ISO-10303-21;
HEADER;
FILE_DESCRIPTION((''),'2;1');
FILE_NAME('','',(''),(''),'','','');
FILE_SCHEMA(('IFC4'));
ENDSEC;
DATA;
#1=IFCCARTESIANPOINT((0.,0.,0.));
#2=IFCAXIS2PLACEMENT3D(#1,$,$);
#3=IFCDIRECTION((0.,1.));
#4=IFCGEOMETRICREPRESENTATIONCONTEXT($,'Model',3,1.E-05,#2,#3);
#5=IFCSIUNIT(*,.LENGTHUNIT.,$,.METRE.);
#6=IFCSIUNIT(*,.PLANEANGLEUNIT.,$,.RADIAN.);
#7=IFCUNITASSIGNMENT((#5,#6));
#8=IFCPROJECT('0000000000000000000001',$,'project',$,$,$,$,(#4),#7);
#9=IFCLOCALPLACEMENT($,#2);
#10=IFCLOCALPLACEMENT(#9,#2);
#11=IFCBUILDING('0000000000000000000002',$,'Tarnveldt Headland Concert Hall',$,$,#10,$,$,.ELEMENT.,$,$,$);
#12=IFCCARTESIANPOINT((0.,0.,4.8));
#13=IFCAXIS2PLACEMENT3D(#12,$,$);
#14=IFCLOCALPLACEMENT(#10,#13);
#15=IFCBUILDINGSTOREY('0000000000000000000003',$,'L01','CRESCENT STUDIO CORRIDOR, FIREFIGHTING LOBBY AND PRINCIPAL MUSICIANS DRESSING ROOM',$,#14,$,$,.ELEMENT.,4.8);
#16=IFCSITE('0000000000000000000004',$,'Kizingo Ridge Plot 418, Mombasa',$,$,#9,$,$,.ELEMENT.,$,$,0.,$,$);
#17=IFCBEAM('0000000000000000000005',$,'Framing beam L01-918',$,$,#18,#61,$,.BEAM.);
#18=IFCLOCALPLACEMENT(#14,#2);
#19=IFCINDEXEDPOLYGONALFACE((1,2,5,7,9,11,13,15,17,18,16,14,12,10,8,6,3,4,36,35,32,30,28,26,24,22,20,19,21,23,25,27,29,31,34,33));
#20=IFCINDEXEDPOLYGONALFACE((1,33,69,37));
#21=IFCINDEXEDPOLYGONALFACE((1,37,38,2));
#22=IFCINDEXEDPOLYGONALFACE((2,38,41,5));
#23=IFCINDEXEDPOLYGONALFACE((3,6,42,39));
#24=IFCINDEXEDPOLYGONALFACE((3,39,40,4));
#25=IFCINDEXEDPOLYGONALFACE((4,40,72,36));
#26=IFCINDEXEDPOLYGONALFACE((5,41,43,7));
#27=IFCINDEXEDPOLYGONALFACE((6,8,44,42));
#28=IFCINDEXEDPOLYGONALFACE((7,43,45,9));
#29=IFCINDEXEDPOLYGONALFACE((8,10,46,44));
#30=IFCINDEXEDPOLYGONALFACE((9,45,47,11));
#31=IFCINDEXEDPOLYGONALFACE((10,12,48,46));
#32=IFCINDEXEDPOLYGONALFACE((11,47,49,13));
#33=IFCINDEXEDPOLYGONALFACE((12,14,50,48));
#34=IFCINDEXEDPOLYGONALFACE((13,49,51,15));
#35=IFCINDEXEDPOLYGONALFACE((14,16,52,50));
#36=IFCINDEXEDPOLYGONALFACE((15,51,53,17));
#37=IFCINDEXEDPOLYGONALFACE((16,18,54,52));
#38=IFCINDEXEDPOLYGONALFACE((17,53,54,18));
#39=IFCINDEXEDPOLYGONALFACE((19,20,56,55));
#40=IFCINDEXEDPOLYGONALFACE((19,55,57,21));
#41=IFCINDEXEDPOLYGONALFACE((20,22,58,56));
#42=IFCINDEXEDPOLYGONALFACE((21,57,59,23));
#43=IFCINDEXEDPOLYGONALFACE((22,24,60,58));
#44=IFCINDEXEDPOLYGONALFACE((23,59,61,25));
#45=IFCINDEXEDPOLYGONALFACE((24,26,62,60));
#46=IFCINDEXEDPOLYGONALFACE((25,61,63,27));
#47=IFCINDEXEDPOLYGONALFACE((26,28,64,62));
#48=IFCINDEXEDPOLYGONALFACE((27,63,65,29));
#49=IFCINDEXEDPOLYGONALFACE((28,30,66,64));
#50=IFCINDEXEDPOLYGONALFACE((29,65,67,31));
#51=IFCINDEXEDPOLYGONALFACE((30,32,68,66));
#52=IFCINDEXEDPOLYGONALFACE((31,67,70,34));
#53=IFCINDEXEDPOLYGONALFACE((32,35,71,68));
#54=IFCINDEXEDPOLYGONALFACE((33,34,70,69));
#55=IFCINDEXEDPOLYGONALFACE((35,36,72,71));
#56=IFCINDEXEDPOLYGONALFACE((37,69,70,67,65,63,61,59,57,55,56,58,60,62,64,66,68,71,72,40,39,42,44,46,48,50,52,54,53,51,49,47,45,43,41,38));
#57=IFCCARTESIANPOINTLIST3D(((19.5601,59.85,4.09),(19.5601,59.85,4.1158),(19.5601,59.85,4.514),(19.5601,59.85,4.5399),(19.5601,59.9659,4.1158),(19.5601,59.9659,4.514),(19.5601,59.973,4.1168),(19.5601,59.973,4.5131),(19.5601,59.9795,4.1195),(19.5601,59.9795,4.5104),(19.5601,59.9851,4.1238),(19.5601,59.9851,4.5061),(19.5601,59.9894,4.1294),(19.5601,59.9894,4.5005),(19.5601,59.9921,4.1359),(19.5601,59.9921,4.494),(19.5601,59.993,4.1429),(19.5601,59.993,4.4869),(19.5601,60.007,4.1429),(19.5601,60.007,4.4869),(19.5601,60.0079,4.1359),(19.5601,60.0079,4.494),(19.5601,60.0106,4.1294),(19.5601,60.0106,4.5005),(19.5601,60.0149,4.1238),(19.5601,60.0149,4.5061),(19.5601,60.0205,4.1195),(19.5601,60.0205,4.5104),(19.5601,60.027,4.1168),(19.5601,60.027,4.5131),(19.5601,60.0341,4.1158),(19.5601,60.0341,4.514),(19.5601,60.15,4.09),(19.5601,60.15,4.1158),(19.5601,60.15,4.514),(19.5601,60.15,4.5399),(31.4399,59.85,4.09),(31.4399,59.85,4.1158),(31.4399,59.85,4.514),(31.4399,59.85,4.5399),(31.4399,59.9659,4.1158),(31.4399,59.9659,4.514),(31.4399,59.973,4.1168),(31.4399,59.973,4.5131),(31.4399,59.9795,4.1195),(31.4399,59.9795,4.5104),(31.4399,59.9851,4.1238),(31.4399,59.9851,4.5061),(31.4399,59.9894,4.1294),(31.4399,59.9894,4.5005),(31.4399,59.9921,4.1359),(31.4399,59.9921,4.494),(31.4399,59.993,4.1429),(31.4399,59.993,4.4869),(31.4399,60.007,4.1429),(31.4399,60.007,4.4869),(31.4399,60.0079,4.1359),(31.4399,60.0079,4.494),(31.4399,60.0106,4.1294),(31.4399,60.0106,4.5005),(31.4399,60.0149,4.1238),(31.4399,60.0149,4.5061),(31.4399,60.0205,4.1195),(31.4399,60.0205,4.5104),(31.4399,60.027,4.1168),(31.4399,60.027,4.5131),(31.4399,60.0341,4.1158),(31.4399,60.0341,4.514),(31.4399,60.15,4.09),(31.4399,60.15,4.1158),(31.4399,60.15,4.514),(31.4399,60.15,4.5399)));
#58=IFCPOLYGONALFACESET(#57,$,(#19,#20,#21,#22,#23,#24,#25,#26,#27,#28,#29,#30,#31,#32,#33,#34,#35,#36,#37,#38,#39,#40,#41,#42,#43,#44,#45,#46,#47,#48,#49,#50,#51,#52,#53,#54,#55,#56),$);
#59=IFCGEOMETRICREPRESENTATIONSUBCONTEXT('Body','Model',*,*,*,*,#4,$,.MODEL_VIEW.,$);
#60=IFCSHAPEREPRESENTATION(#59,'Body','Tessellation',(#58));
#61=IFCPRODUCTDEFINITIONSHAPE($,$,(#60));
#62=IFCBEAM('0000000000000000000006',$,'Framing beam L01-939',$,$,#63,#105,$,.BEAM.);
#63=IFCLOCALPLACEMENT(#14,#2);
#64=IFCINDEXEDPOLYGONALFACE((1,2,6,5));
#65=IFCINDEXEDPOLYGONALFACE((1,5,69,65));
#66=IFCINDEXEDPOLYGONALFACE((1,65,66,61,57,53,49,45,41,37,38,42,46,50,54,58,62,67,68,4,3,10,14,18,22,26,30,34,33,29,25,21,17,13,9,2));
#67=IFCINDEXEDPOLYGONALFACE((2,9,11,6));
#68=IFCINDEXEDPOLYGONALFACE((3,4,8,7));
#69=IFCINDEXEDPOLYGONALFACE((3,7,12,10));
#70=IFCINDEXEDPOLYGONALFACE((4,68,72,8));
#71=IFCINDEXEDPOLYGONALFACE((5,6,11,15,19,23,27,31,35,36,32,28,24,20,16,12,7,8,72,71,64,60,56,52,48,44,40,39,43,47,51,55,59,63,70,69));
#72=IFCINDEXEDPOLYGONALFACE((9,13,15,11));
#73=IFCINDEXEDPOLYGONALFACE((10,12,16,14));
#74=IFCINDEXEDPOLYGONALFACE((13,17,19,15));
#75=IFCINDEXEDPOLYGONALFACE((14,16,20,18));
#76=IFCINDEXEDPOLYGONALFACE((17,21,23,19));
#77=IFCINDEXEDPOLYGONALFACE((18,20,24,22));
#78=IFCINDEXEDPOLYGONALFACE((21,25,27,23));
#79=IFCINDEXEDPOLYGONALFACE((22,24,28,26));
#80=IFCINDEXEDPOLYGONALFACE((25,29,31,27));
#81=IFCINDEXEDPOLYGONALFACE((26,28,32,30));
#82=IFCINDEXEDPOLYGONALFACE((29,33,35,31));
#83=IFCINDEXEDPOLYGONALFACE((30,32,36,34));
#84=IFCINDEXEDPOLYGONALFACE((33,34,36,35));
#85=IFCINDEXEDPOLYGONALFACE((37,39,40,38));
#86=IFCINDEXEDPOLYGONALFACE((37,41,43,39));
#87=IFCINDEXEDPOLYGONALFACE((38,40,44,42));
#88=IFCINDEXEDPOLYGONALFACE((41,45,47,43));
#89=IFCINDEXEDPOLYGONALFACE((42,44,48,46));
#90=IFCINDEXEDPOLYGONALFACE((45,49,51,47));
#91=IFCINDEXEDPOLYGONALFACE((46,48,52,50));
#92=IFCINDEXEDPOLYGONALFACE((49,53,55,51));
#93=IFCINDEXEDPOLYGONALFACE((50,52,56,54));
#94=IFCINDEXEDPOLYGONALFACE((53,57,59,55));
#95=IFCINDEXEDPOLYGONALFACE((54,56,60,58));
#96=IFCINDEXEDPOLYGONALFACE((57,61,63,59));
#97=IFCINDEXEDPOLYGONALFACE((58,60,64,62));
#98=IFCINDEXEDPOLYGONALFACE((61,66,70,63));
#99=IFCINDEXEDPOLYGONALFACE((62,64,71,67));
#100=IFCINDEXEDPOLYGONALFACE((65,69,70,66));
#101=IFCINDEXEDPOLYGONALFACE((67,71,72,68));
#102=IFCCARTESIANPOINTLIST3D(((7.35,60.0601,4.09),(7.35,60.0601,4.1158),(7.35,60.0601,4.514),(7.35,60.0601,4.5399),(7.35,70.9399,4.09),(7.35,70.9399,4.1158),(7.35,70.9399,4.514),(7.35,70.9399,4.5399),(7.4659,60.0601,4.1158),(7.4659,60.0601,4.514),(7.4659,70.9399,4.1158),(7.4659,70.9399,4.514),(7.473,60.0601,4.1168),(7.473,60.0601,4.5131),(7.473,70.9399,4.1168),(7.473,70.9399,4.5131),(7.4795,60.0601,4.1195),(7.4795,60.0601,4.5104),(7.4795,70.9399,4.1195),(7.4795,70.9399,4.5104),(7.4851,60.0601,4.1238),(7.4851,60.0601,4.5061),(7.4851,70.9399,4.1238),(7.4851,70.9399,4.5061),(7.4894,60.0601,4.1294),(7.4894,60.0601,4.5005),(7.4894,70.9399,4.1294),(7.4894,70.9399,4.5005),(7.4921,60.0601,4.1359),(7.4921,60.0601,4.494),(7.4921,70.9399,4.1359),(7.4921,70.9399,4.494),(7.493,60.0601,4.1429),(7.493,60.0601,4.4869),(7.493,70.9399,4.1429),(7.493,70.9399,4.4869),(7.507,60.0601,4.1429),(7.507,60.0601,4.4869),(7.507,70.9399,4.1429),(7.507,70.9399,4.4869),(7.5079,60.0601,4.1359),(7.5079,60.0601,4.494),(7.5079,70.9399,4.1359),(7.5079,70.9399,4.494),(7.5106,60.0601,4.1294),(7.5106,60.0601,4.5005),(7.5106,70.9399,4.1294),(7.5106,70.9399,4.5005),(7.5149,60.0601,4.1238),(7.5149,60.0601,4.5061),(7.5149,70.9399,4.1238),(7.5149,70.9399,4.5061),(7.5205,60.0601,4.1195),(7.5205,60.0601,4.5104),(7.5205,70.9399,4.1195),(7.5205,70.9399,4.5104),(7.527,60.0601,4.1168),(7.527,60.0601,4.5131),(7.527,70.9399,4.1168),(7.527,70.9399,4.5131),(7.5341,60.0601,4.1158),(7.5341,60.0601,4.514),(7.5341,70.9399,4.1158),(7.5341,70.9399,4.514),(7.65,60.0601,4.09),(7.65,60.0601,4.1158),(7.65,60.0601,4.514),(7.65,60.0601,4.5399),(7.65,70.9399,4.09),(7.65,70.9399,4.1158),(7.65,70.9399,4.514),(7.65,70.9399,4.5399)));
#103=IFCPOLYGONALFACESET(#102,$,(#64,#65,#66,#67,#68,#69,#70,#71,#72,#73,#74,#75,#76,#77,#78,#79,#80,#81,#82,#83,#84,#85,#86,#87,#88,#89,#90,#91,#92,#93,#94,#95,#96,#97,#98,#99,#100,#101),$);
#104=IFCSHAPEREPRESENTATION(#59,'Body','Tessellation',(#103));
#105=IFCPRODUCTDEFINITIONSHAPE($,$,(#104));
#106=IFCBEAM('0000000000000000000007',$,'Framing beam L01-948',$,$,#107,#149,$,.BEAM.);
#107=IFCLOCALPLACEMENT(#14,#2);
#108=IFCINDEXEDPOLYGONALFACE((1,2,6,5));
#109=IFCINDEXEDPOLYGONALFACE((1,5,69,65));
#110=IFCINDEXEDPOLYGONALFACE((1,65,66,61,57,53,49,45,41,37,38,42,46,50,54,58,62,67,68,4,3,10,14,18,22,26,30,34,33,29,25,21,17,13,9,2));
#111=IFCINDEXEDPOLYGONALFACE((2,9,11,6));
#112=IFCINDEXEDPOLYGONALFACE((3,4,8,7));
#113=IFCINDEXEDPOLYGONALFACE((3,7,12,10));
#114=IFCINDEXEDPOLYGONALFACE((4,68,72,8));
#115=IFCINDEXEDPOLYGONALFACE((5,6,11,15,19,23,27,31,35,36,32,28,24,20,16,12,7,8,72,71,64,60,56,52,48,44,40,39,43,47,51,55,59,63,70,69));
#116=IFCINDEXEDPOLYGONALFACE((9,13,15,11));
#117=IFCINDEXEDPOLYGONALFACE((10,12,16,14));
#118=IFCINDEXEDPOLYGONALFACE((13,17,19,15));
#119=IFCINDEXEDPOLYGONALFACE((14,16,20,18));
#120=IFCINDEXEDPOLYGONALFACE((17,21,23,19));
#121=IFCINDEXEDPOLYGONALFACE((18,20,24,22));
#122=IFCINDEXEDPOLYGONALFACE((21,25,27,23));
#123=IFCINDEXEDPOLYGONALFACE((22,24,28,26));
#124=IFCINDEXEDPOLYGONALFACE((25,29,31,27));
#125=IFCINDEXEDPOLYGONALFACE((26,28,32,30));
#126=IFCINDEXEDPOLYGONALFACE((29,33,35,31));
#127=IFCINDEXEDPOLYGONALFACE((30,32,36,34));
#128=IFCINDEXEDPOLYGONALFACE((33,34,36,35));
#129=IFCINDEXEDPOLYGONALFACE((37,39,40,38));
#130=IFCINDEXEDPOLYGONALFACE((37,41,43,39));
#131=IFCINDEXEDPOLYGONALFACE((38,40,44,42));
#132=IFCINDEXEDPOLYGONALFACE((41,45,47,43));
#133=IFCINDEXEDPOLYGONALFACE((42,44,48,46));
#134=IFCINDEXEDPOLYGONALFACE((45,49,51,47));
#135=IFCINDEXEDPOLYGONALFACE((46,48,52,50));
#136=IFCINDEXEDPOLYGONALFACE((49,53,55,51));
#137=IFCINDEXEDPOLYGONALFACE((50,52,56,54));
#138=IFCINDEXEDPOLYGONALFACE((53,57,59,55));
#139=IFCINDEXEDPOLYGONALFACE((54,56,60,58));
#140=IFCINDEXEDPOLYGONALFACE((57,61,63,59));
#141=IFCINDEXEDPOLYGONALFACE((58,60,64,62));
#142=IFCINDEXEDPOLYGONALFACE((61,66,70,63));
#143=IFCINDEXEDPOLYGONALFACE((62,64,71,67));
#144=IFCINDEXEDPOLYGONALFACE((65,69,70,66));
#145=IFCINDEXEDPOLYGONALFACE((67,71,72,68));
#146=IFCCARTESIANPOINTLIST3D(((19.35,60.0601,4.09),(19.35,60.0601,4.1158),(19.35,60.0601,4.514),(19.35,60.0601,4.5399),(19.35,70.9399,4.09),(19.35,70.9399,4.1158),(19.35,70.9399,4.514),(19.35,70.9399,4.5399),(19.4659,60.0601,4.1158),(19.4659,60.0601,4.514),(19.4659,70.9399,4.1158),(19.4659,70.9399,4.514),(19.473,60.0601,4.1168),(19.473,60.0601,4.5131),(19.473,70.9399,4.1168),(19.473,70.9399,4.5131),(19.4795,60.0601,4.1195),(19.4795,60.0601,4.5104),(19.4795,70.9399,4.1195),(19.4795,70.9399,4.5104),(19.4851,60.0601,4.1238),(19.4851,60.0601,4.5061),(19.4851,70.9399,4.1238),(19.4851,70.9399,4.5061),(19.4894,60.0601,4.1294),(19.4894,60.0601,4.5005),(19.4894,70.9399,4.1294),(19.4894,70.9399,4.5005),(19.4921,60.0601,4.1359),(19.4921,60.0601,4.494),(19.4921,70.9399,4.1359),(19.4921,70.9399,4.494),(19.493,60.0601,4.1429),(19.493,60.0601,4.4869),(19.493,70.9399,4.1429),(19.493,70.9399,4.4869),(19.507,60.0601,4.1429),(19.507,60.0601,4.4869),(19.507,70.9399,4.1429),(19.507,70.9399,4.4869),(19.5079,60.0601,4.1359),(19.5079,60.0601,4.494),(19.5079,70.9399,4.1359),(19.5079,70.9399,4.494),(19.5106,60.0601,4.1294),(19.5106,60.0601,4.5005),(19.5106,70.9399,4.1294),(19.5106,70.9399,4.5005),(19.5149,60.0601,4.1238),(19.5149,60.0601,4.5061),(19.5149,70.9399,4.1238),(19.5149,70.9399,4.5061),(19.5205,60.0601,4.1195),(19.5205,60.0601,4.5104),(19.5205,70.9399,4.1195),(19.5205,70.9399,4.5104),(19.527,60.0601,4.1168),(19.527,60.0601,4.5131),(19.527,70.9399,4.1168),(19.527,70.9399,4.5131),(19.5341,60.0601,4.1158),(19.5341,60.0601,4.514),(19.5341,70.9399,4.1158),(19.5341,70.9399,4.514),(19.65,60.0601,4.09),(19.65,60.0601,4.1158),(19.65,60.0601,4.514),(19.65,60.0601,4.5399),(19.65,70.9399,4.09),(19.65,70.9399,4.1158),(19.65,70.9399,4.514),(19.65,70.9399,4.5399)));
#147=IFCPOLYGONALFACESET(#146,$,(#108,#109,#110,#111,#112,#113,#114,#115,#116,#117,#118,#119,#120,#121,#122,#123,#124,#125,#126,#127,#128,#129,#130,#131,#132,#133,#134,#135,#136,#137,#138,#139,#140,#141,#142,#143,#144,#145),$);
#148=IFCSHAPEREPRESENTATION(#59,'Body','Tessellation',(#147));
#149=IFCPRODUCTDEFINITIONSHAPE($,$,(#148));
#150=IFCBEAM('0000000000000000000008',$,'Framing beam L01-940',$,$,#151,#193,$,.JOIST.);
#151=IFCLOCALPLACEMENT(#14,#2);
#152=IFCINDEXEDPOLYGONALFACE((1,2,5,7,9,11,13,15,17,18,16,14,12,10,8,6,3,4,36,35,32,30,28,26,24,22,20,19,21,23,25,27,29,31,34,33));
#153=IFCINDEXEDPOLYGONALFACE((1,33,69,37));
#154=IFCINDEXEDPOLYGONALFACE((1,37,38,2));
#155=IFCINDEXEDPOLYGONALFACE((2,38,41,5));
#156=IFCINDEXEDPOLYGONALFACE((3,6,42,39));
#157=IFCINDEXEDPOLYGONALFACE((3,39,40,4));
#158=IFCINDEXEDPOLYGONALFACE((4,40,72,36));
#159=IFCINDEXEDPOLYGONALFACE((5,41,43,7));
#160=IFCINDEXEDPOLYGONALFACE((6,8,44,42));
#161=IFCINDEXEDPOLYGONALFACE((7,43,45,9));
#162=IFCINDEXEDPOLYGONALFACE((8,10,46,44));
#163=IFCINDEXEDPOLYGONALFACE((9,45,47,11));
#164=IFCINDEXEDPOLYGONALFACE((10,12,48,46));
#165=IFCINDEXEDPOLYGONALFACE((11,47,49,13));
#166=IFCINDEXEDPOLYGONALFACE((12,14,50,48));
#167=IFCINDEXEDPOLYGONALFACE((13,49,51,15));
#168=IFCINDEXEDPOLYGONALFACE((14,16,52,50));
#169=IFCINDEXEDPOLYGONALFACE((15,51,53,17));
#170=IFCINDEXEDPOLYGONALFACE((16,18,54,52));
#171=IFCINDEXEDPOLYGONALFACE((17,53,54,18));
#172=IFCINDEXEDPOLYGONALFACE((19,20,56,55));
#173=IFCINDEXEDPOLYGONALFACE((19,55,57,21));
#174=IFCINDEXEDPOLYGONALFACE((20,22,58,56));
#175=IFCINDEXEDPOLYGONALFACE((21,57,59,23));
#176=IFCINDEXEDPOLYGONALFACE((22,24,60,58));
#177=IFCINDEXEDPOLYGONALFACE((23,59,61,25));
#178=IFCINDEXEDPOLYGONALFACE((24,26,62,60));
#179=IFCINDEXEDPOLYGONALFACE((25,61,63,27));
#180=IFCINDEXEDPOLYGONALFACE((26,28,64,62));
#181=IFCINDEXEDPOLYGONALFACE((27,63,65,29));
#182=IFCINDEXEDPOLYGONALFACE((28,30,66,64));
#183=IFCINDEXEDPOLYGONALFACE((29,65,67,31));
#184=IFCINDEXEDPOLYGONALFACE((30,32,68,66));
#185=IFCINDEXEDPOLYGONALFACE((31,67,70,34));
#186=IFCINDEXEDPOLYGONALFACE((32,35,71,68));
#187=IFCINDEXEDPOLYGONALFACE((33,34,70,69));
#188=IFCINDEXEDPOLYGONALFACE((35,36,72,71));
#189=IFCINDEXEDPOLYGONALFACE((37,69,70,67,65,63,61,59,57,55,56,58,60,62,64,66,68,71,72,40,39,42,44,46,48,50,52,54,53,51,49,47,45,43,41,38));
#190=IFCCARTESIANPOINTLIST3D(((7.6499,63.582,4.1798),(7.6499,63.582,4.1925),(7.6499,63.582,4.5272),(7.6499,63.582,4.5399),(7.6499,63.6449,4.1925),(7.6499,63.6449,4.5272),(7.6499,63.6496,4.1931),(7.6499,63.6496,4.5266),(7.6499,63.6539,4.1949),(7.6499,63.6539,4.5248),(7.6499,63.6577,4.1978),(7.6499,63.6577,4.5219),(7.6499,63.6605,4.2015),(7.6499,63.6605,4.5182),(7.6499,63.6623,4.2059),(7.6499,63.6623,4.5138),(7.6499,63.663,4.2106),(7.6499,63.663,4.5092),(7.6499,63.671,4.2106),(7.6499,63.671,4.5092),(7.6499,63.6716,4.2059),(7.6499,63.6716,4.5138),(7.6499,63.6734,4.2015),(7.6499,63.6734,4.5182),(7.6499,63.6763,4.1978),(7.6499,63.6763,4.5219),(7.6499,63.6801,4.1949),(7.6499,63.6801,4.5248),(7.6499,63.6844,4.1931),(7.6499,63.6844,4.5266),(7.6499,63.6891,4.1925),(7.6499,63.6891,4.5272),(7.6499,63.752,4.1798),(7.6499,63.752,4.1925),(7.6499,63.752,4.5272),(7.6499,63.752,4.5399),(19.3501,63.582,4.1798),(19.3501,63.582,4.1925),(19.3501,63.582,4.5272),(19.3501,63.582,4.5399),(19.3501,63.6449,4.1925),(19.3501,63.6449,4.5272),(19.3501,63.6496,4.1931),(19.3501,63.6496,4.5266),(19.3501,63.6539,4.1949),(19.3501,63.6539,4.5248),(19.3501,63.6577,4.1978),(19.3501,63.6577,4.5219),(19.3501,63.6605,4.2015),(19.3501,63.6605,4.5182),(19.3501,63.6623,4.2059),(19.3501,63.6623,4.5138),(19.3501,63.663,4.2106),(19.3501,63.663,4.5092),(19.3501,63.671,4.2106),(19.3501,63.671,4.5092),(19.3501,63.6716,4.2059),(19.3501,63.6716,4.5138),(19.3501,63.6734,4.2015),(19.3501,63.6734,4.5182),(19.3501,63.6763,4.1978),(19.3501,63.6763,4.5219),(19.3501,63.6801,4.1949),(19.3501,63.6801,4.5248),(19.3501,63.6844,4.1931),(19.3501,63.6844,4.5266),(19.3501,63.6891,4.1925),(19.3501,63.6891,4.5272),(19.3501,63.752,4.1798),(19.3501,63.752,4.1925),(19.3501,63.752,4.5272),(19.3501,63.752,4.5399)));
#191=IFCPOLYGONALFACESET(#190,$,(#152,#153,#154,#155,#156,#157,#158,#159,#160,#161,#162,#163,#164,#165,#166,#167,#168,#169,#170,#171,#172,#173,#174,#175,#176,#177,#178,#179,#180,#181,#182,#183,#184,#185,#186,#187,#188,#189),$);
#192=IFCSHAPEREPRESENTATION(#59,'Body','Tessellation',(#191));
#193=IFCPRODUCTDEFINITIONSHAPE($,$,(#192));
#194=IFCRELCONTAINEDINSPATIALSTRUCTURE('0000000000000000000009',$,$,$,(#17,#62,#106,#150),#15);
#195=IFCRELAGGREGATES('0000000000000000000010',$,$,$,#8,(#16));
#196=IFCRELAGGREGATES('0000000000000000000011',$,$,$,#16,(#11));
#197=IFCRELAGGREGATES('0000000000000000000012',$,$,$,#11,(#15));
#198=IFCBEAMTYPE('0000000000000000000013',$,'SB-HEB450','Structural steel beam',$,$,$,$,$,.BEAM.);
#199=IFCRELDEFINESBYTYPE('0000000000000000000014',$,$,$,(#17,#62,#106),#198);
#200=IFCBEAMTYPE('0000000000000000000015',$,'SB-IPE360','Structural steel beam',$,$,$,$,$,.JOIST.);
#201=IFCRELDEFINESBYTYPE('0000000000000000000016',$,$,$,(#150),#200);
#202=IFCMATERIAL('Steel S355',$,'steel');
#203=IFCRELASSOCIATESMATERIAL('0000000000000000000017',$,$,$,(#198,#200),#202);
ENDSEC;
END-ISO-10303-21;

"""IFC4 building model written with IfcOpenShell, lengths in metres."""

from ifc_helpers import new_model, si_unit, direction, frame, origin, origin_2d, place, context, subcontext, project, spatial, i_section, extrude, material, material_profile, profile_set, type_object, element, save


model = new_model("IFC4")

# Units and contexts
model_context = context("Model", 3, precision=1e-05, world=origin(), true_north=direction((0.0, 1.0)))
body_context = subcontext(model_context, "Body", "Model", "MODEL_VIEW")
ifc_project = project(units=[si_unit("LENGTHUNIT", "METRE"), si_unit("PLANEANGLEUNIT", "RADIAN")], contexts=[model_context])

# Site, building, storey
site_placement = place(None, origin())
site = spatial("IfcSite", under=ifc_project, at=site_placement, Name="Kizingo Ridge Plot 418, Mombasa", CompositionType="ELEMENT", RefElevation=0.0)
building_placement = place(site_placement, origin())
building = spatial("IfcBuilding", under=site, at=building_placement, Name="Tarnveldt Headland Concert Hall", CompositionType="ELEMENT")
storey_placement = place(building_placement, frame((0.0, 0.0, 4.8)))
storey = spatial("IfcBuildingStorey", under=building, at=storey_placement, Name="L01", Description="CRESCENT STUDIO CORRIDOR, FIREFIGHTING LOBBY AND PRINCIPAL MUSICIANS DRESSING ROOM", CompositionType="ELEMENT", Elevation=4.8)

# Shared definitions
ifc_material_1 = material(Name="Steel S355", Category="steel")

# Beams
ifc_material_profile_1 = material_profile(ifc_material_1, i_section(OverallWidth=0.3, OverallDepth=0.45, WebThickness=0.0139, FlangeThickness=0.0259, FilletRadius=0.0271, at=origin_2d()), Name="HEB450", Category="steel")
ifc_profile_set_1 = profile_set([ifc_material_profile_1], Name="Steel S355")
beam_type_1 = type_object("IfcBeamType", Name="SB-HEB450", Description="Structural steel beam", PredefinedType="BEAM", material=ifc_profile_set_1)
for number, where, z_axis, x_axis, name in (
    (1, (19.5601, 60.0, 4.3149), (1.0, 0.0, 0.0), (0.0, 1.0, 0.0), "Framing beam L01-918"),
):
    element("IfcBeam", number, at=place(storey_placement, frame(where, z_axis=z_axis, x_axis=x_axis)), inside=storey, type_object=beam_type_1, Name=name, PredefinedType="BEAM", context=body_context, shape_type="SweptSolid", body=[
        extrude(i_section(OverallWidth=0.3, OverallDepth=0.45, WebThickness=0.0139, FlangeThickness=0.0259, FilletRadius=0.0271, at=origin_2d()), origin(), (0.0, 0.0, 1.0), 11.8799),
    ])
for number, where, z_axis, x_axis, name in (
    (2, (7.5, 60.0601, 4.3149), (0.0, 1.0, 0.0), (-1.0, 0.0, 0.0), "Framing beam L01-939"),
    (3, (19.5, 60.0601, 4.3149), (0.0, 1.0, 0.0), (-1.0, 0.0, 0.0), "Framing beam L01-948"),
):
    element("IfcBeam", number, at=place(storey_placement, frame(where, z_axis=z_axis, x_axis=x_axis)), inside=storey, type_object=beam_type_1, Name=name, PredefinedType="BEAM", context=body_context, shape_type="SweptSolid", body=[
        extrude(i_section(OverallWidth=0.3, OverallDepth=0.45, WebThickness=0.0139, FlangeThickness=0.0259, FilletRadius=0.0271, at=origin_2d()), origin(), (0.0, 0.0, 1.0), 10.8799),
    ])
ifc_material_profile_2 = material_profile(ifc_material_1, i_section(OverallWidth=0.1699, OverallDepth=0.3601, WebThickness=0.0081, FlangeThickness=0.0127, FilletRadius=0.0181, at=origin_2d()), Name="IPE360", Category="steel")
ifc_profile_set_2 = profile_set([ifc_material_profile_2], Name="Steel S355")
beam_type_2 = type_object("IfcBeamType", Name="SB-IPE360", Description="Structural steel beam", PredefinedType="JOIST", material=ifc_profile_set_2)
for number, where, z_axis, x_axis, name in (
    (4, (7.6499, 63.667, 4.3599), (1.0, 0.0, 0.0), (0.0, 1.0, 0.0), "Framing beam L01-940"),
):
    element("IfcBeam", number, at=place(storey_placement, frame(where, z_axis=z_axis, x_axis=x_axis)), inside=storey, type_object=beam_type_2, Name=name, PredefinedType="JOIST", context=body_context, shape_type="SweptSolid", body=[
        extrude(i_section(OverallWidth=0.1699, OverallDepth=0.3601, WebThickness=0.0081, FlangeThickness=0.0127, FilletRadius=0.0181, at=origin_2d()), origin(), (0.0, 0.0, 1.0), 11.7002),
    ])

save(model, "model.ifc")
